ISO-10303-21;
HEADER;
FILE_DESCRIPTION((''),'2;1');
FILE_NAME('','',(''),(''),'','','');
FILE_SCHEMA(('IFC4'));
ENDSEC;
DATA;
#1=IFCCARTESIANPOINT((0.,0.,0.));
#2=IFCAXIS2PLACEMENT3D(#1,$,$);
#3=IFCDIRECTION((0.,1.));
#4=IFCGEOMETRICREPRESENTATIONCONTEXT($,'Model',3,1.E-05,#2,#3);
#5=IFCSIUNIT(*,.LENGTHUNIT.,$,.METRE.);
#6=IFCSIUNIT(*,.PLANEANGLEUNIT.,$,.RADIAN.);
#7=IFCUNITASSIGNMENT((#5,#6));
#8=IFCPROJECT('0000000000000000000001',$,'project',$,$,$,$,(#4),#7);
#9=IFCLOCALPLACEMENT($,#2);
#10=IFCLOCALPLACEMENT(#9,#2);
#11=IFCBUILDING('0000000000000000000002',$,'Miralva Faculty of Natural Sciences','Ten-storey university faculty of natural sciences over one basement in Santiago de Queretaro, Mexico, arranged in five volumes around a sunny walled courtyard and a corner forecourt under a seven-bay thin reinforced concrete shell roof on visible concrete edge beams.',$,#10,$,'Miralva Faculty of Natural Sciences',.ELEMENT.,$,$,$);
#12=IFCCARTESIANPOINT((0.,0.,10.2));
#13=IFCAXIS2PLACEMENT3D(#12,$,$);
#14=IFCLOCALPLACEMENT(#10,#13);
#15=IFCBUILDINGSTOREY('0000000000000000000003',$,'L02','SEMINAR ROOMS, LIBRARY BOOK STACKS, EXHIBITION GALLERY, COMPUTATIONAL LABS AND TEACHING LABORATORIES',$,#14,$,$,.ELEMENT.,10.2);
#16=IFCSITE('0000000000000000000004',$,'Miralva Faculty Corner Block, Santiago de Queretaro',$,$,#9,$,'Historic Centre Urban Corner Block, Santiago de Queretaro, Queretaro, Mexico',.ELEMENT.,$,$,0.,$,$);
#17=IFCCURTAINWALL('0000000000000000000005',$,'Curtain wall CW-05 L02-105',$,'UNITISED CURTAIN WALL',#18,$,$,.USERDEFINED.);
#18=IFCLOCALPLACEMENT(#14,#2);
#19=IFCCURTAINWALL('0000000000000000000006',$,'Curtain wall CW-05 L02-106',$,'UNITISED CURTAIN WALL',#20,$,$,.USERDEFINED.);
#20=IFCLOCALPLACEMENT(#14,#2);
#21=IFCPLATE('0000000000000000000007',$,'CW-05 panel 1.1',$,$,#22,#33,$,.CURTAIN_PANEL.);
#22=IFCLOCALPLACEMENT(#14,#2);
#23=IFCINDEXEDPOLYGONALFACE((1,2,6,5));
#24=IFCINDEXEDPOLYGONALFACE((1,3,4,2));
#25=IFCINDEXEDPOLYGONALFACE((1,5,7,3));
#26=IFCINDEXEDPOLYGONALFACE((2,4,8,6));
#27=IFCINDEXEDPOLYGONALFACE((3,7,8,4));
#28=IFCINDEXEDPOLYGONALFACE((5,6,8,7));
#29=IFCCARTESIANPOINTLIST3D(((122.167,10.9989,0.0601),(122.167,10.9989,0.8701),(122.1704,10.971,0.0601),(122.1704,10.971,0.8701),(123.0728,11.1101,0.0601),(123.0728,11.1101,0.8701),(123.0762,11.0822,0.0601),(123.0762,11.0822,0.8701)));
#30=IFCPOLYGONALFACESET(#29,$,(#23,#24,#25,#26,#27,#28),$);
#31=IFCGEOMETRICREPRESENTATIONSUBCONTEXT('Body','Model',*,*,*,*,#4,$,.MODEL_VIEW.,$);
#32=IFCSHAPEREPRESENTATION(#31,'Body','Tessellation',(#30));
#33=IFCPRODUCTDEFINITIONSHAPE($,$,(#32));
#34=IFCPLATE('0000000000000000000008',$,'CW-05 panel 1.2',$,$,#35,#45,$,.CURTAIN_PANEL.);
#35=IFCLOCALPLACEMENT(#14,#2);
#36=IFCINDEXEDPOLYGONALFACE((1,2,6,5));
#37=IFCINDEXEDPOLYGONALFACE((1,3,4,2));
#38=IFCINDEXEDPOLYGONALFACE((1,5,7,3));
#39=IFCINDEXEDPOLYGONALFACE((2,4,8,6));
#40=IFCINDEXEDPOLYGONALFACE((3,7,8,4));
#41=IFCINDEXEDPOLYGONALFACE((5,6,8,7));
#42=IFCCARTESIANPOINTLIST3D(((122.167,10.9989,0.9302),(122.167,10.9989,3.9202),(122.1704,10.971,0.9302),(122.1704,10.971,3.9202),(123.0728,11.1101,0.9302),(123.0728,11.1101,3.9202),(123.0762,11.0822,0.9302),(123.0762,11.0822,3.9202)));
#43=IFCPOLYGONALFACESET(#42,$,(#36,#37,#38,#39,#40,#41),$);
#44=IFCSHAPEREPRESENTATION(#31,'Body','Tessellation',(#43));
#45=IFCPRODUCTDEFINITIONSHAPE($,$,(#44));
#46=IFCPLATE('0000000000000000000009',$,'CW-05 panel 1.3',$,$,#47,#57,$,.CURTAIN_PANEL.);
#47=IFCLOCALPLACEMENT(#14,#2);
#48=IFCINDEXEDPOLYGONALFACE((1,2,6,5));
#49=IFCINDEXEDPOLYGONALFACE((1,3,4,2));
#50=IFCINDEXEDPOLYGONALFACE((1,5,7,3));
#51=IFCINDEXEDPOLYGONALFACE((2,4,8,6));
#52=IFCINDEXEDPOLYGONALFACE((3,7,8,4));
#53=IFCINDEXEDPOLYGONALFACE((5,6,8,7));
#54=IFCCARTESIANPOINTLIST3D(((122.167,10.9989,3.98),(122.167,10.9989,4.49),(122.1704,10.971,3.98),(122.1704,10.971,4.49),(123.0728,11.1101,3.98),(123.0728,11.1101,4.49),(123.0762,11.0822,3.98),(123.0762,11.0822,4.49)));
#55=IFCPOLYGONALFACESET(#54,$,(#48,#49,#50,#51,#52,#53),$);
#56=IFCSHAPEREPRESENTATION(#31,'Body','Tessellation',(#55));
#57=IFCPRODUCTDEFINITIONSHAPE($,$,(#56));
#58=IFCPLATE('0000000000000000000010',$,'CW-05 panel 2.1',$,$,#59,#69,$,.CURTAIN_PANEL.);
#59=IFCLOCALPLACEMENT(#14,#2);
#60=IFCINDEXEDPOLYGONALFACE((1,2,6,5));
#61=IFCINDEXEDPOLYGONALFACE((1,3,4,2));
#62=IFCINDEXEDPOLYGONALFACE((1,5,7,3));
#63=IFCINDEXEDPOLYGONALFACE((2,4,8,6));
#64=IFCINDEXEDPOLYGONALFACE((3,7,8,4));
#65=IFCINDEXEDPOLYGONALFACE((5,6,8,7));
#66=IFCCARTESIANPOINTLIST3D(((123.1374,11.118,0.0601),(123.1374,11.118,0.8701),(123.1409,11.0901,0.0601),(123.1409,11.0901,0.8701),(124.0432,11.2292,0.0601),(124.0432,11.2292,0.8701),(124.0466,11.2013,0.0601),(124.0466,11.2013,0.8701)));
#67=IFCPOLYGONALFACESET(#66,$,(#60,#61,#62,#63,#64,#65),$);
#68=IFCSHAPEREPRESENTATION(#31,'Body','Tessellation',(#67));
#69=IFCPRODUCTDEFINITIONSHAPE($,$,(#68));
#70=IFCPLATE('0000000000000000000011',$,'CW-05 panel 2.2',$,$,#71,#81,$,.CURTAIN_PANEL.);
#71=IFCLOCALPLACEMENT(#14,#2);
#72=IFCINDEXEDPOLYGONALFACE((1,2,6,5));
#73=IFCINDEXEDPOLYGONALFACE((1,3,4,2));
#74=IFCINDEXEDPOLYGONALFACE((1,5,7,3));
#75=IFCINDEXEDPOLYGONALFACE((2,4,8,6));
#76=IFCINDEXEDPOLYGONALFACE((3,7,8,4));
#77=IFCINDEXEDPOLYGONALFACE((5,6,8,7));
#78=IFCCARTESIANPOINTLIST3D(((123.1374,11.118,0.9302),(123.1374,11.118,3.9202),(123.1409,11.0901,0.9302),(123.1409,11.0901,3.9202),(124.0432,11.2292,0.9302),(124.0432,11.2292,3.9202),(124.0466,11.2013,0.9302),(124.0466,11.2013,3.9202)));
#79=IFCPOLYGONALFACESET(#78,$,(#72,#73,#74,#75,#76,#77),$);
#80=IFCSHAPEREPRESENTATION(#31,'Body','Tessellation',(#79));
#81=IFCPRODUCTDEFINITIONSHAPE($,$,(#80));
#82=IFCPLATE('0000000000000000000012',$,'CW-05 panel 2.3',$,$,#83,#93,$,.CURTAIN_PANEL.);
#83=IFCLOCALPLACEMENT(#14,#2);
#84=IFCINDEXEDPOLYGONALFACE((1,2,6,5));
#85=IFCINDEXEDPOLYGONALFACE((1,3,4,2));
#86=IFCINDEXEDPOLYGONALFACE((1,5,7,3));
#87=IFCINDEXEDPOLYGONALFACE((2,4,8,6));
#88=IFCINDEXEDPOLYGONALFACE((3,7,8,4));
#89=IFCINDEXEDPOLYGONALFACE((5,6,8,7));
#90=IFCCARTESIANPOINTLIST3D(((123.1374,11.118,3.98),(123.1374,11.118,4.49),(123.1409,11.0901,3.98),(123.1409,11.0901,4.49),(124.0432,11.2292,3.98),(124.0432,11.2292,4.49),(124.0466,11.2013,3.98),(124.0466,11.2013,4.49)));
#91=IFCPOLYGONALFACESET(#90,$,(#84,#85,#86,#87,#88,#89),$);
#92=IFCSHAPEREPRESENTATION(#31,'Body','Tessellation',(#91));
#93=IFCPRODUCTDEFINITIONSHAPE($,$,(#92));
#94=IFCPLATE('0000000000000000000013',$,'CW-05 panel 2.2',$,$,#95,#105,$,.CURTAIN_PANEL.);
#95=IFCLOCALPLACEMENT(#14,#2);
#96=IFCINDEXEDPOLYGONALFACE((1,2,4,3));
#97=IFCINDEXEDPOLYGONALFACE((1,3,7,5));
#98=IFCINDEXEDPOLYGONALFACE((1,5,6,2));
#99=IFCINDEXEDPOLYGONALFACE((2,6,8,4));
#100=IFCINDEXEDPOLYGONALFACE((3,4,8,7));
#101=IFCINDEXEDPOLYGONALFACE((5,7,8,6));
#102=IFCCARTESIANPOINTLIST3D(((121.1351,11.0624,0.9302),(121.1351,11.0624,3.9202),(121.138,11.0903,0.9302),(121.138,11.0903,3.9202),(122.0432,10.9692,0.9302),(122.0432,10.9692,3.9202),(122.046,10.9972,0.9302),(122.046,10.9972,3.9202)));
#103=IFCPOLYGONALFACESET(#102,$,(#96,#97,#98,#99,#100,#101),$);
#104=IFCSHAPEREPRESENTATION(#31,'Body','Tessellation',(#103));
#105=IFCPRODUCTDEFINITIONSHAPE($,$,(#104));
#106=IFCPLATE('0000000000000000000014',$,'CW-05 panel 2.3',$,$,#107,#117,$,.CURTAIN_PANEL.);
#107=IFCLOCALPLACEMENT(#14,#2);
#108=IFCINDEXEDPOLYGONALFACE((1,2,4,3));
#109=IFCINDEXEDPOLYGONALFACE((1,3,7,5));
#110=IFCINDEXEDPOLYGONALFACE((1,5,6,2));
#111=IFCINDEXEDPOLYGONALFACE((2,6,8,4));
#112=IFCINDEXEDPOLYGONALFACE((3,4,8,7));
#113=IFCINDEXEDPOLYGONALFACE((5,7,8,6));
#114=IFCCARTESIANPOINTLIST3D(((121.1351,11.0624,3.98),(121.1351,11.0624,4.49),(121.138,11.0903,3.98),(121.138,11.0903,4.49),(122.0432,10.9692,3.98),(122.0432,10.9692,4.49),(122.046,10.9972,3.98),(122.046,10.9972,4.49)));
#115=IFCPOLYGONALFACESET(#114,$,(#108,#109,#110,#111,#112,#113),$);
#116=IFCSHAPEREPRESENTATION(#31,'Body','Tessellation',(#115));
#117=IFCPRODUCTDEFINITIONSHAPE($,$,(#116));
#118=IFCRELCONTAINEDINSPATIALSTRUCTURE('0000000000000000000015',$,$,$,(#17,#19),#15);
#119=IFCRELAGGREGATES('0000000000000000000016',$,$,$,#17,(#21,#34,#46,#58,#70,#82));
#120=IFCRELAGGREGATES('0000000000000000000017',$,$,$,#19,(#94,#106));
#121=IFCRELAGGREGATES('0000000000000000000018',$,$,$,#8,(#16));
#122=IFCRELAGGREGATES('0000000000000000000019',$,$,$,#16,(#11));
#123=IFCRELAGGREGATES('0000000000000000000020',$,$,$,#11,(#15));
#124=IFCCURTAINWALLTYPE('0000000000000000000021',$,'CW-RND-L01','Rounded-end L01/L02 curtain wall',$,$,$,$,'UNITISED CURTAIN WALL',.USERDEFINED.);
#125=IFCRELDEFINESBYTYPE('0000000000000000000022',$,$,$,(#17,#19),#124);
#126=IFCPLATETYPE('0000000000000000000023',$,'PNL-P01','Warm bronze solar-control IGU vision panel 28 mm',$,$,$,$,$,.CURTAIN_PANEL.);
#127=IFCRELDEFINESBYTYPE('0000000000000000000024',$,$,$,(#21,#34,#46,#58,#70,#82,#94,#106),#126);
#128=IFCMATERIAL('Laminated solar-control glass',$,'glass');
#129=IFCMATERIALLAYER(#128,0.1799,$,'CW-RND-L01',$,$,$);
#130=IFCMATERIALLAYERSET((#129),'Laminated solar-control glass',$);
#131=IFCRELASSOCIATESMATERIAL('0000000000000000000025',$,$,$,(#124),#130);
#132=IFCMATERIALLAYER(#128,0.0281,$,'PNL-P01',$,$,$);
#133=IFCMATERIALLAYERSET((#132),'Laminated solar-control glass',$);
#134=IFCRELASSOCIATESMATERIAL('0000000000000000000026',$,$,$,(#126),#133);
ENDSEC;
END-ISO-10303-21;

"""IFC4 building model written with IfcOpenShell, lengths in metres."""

from ifc_helpers import new_model, si_unit, direction, frame, origin, origin_2d, place, context, subcontext, project, spatial, rectangle, extrude, material, layer, layer_set, type_object, element, aggregate, save


model = new_model("IFC4")

# Units and contexts
model_context = context("Model", 3, precision=1e-05, world=origin(), true_north=direction((0.0, 1.0)))
body_context = subcontext(model_context, "Body", "Model", "MODEL_VIEW")
ifc_project = project(units=[si_unit("LENGTHUNIT", "METRE"), si_unit("PLANEANGLEUNIT", "RADIAN")], contexts=[model_context])

# Site, building, storey
site_placement = place(None, origin())
site = spatial("IfcSite", under=ifc_project, at=site_placement, Name="Miralva Faculty Corner Block, Santiago de Queretaro", LongName="Historic Centre Urban Corner Block, Santiago de Queretaro, Queretaro, Mexico", CompositionType="ELEMENT", RefElevation=0.0)
building_placement = place(site_placement, origin())
building = spatial("IfcBuilding", under=site, at=building_placement, Name="Miralva Faculty of Natural Sciences", Description="Ten-storey university faculty of natural sciences over one basement in Santiago de Queretaro, Mexico, arranged in five volumes around a sunny walled courtyard and a corner forecourt under a seven-bay thin reinforced concrete shell roof on visible concrete edge beams.", LongName="Miralva Faculty of Natural Sciences", CompositionType="ELEMENT")
storey_placement = place(building_placement, frame((0.0, 0.0, 10.2)))
storey = spatial("IfcBuildingStorey", under=building, at=storey_placement, Name="L02", Description="SEMINAR ROOMS, LIBRARY BOOK STACKS, EXHIBITION GALLERY, COMPUTATIONAL LABS AND TEACHING LABORATORIES", CompositionType="ELEMENT", Elevation=10.2)

# Curtain wall
ifc_material_1 = material(Name="Laminated solar-control glass", Category="glass")
ifc_layer_1 = layer(ifc_material_1, 0.1799, Name="CW-RND-L01")
ifc_layer_set_1 = layer_set([ifc_layer_1], Name="Laminated solar-control glass")
curtain_wall_type = type_object("IfcCurtainWallType", Name="CW-RND-L01", Description="Rounded-end L01/L02 curtain wall", ElementType="UNITISED CURTAIN WALL", PredefinedType="USERDEFINED", material=ifc_layer_set_1)
curtain_wall_1_placement = place(storey_placement, origin())
curtain_wall_1 = element("IfcCurtainWall", 1, at=curtain_wall_1_placement, inside=storey, type_object=curtain_wall_type, Name="Curtain wall CW-05 L02-105", ObjectType="UNITISED CURTAIN WALL", PredefinedType="USERDEFINED")

# Curtain wall
curtain_wall_2_placement = place(storey_placement, origin())
curtain_wall_2 = element("IfcCurtainWall", 2, at=curtain_wall_2_placement, inside=storey, type_object=curtain_wall_type, Name="Curtain wall CW-05 L02-106", ObjectType="UNITISED CURTAIN WALL", PredefinedType="USERDEFINED")

# Plates
ifc_layer_2 = layer(ifc_material_1, 0.0281, Name="PNL-P01")
ifc_layer_set_2 = layer_set([ifc_layer_2], Name="Laminated solar-control glass")
plate_type = type_object("IfcPlateType", Name="PNL-P01", Description="Warm bronze solar-control IGU vision panel 28 mm", PredefinedType="CURTAIN_PANEL", material=ifc_layer_set_2)
plate_1_placement = place(storey_placement, frame((122.6216, 11.0405, 0.0601), z_axis=(0.0, 0.0, 1.0), x_axis=(0.992547, 0.12186, 0.0)))
plate_1 = element("IfcPlate", 3, at=plate_1_placement, type_object=plate_type, Name="CW-05 panel 1.1", PredefinedType="CURTAIN_PANEL", context=body_context, shape_type="SweptSolid", body=[
    extrude(rectangle(XDim=0.9126, YDim=0.0281, at=origin_2d()), origin(), (0.0, 0.0, 1.0), 0.8101),
])
plate_2_placement = place(storey_placement, frame((122.6216, 11.0405, 0.9302), z_axis=(0.0, 0.0, 1.0), x_axis=(0.992547, 0.12186, 0.0)))
plate_2 = element("IfcPlate", 4, at=plate_2_placement, type_object=plate_type, Name="CW-05 panel 1.2", PredefinedType="CURTAIN_PANEL", context=body_context, shape_type="SweptSolid", body=[
    extrude(rectangle(XDim=0.9126, YDim=0.0281, at=origin_2d()), origin(), (0.0, 0.0, 1.0), 2.99),
])
plate_3_placement = place(storey_placement, frame((122.6216, 11.0405, 3.98), z_axis=(0.0, 0.0, 1.0), x_axis=(0.992547, 0.12186, 0.0)))
plate_3 = element("IfcPlate", 5, at=plate_3_placement, type_object=plate_type, Name="CW-05 panel 1.3", PredefinedType="CURTAIN_PANEL", context=body_context, shape_type="SweptSolid", body=[
    extrude(rectangle(XDim=0.9126, YDim=0.0281, at=origin_2d()), origin(), (0.0, 0.0, 1.0), 0.51),
])
plate_4_placement = place(storey_placement, frame((123.592, 11.1597, 0.0601), z_axis=(0.0, 0.0, 1.0), x_axis=(0.992547, 0.12186, 0.0)))
plate_4 = element("IfcPlate", 6, at=plate_4_placement, type_object=plate_type, Name="CW-05 panel 2.1", PredefinedType="CURTAIN_PANEL", context=body_context, shape_type="SweptSolid", body=[
    extrude(rectangle(XDim=0.9126, YDim=0.0281, at=origin_2d()), origin(), (0.0, 0.0, 1.0), 0.8101),
])
plate_5_placement = place(storey_placement, frame((123.592, 11.1597, 0.9302), z_axis=(0.0, 0.0, 1.0), x_axis=(0.992547, 0.12186, 0.0)))
plate_5 = element("IfcPlate", 7, at=plate_5_placement, type_object=plate_type, Name="CW-05 panel 2.2", PredefinedType="CURTAIN_PANEL", context=body_context, shape_type="SweptSolid", body=[
    extrude(rectangle(XDim=0.9126, YDim=0.0281, at=origin_2d()), origin(), (0.0, 0.0, 1.0), 2.99),
])
plate_6_placement = place(storey_placement, frame((123.592, 11.1597, 3.98), z_axis=(0.0, 0.0, 1.0), x_axis=(0.992547, 0.12186, 0.0)))
plate_6 = element("IfcPlate", 8, at=plate_6_placement, type_object=plate_type, Name="CW-05 panel 2.3", PredefinedType="CURTAIN_PANEL", context=body_context, shape_type="SweptSolid", body=[
    extrude(rectangle(XDim=0.9126, YDim=0.0281, at=origin_2d()), origin(), (0.0, 0.0, 1.0), 0.51),
])
aggregate(curtain_wall_1, [plate_1, plate_2, plate_3, plate_4, plate_5, plate_6])
plate_7_placement = place(storey_placement, frame((121.5906, 11.0298, 0.9302), z_axis=(0.0, 0.0, 1.0), x_axis=(0.994779, -0.102056, 0.0)))
plate_7 = element("IfcPlate", 9, at=plate_7_placement, type_object=plate_type, Name="CW-05 panel 2.2", PredefinedType="CURTAIN_PANEL", context=body_context, shape_type="SweptSolid", body=[
    extrude(rectangle(XDim=0.9128, YDim=0.0281, at=origin_2d()), origin(), (0.0, 0.0, 1.0), 2.99),
])
plate_8_placement = place(storey_placement, frame((121.5906, 11.0298, 3.98), z_axis=(0.0, 0.0, 1.0), x_axis=(0.994779, -0.102056, 0.0)))
plate_8 = element("IfcPlate", 10, at=plate_8_placement, type_object=plate_type, Name="CW-05 panel 2.3", PredefinedType="CURTAIN_PANEL", context=body_context, shape_type="SweptSolid", body=[
    extrude(rectangle(XDim=0.9128, YDim=0.0281, at=origin_2d()), origin(), (0.0, 0.0, 1.0), 0.51),
])
aggregate(curtain_wall_2, [plate_7, plate_8])

save(model, "model.ifc")
